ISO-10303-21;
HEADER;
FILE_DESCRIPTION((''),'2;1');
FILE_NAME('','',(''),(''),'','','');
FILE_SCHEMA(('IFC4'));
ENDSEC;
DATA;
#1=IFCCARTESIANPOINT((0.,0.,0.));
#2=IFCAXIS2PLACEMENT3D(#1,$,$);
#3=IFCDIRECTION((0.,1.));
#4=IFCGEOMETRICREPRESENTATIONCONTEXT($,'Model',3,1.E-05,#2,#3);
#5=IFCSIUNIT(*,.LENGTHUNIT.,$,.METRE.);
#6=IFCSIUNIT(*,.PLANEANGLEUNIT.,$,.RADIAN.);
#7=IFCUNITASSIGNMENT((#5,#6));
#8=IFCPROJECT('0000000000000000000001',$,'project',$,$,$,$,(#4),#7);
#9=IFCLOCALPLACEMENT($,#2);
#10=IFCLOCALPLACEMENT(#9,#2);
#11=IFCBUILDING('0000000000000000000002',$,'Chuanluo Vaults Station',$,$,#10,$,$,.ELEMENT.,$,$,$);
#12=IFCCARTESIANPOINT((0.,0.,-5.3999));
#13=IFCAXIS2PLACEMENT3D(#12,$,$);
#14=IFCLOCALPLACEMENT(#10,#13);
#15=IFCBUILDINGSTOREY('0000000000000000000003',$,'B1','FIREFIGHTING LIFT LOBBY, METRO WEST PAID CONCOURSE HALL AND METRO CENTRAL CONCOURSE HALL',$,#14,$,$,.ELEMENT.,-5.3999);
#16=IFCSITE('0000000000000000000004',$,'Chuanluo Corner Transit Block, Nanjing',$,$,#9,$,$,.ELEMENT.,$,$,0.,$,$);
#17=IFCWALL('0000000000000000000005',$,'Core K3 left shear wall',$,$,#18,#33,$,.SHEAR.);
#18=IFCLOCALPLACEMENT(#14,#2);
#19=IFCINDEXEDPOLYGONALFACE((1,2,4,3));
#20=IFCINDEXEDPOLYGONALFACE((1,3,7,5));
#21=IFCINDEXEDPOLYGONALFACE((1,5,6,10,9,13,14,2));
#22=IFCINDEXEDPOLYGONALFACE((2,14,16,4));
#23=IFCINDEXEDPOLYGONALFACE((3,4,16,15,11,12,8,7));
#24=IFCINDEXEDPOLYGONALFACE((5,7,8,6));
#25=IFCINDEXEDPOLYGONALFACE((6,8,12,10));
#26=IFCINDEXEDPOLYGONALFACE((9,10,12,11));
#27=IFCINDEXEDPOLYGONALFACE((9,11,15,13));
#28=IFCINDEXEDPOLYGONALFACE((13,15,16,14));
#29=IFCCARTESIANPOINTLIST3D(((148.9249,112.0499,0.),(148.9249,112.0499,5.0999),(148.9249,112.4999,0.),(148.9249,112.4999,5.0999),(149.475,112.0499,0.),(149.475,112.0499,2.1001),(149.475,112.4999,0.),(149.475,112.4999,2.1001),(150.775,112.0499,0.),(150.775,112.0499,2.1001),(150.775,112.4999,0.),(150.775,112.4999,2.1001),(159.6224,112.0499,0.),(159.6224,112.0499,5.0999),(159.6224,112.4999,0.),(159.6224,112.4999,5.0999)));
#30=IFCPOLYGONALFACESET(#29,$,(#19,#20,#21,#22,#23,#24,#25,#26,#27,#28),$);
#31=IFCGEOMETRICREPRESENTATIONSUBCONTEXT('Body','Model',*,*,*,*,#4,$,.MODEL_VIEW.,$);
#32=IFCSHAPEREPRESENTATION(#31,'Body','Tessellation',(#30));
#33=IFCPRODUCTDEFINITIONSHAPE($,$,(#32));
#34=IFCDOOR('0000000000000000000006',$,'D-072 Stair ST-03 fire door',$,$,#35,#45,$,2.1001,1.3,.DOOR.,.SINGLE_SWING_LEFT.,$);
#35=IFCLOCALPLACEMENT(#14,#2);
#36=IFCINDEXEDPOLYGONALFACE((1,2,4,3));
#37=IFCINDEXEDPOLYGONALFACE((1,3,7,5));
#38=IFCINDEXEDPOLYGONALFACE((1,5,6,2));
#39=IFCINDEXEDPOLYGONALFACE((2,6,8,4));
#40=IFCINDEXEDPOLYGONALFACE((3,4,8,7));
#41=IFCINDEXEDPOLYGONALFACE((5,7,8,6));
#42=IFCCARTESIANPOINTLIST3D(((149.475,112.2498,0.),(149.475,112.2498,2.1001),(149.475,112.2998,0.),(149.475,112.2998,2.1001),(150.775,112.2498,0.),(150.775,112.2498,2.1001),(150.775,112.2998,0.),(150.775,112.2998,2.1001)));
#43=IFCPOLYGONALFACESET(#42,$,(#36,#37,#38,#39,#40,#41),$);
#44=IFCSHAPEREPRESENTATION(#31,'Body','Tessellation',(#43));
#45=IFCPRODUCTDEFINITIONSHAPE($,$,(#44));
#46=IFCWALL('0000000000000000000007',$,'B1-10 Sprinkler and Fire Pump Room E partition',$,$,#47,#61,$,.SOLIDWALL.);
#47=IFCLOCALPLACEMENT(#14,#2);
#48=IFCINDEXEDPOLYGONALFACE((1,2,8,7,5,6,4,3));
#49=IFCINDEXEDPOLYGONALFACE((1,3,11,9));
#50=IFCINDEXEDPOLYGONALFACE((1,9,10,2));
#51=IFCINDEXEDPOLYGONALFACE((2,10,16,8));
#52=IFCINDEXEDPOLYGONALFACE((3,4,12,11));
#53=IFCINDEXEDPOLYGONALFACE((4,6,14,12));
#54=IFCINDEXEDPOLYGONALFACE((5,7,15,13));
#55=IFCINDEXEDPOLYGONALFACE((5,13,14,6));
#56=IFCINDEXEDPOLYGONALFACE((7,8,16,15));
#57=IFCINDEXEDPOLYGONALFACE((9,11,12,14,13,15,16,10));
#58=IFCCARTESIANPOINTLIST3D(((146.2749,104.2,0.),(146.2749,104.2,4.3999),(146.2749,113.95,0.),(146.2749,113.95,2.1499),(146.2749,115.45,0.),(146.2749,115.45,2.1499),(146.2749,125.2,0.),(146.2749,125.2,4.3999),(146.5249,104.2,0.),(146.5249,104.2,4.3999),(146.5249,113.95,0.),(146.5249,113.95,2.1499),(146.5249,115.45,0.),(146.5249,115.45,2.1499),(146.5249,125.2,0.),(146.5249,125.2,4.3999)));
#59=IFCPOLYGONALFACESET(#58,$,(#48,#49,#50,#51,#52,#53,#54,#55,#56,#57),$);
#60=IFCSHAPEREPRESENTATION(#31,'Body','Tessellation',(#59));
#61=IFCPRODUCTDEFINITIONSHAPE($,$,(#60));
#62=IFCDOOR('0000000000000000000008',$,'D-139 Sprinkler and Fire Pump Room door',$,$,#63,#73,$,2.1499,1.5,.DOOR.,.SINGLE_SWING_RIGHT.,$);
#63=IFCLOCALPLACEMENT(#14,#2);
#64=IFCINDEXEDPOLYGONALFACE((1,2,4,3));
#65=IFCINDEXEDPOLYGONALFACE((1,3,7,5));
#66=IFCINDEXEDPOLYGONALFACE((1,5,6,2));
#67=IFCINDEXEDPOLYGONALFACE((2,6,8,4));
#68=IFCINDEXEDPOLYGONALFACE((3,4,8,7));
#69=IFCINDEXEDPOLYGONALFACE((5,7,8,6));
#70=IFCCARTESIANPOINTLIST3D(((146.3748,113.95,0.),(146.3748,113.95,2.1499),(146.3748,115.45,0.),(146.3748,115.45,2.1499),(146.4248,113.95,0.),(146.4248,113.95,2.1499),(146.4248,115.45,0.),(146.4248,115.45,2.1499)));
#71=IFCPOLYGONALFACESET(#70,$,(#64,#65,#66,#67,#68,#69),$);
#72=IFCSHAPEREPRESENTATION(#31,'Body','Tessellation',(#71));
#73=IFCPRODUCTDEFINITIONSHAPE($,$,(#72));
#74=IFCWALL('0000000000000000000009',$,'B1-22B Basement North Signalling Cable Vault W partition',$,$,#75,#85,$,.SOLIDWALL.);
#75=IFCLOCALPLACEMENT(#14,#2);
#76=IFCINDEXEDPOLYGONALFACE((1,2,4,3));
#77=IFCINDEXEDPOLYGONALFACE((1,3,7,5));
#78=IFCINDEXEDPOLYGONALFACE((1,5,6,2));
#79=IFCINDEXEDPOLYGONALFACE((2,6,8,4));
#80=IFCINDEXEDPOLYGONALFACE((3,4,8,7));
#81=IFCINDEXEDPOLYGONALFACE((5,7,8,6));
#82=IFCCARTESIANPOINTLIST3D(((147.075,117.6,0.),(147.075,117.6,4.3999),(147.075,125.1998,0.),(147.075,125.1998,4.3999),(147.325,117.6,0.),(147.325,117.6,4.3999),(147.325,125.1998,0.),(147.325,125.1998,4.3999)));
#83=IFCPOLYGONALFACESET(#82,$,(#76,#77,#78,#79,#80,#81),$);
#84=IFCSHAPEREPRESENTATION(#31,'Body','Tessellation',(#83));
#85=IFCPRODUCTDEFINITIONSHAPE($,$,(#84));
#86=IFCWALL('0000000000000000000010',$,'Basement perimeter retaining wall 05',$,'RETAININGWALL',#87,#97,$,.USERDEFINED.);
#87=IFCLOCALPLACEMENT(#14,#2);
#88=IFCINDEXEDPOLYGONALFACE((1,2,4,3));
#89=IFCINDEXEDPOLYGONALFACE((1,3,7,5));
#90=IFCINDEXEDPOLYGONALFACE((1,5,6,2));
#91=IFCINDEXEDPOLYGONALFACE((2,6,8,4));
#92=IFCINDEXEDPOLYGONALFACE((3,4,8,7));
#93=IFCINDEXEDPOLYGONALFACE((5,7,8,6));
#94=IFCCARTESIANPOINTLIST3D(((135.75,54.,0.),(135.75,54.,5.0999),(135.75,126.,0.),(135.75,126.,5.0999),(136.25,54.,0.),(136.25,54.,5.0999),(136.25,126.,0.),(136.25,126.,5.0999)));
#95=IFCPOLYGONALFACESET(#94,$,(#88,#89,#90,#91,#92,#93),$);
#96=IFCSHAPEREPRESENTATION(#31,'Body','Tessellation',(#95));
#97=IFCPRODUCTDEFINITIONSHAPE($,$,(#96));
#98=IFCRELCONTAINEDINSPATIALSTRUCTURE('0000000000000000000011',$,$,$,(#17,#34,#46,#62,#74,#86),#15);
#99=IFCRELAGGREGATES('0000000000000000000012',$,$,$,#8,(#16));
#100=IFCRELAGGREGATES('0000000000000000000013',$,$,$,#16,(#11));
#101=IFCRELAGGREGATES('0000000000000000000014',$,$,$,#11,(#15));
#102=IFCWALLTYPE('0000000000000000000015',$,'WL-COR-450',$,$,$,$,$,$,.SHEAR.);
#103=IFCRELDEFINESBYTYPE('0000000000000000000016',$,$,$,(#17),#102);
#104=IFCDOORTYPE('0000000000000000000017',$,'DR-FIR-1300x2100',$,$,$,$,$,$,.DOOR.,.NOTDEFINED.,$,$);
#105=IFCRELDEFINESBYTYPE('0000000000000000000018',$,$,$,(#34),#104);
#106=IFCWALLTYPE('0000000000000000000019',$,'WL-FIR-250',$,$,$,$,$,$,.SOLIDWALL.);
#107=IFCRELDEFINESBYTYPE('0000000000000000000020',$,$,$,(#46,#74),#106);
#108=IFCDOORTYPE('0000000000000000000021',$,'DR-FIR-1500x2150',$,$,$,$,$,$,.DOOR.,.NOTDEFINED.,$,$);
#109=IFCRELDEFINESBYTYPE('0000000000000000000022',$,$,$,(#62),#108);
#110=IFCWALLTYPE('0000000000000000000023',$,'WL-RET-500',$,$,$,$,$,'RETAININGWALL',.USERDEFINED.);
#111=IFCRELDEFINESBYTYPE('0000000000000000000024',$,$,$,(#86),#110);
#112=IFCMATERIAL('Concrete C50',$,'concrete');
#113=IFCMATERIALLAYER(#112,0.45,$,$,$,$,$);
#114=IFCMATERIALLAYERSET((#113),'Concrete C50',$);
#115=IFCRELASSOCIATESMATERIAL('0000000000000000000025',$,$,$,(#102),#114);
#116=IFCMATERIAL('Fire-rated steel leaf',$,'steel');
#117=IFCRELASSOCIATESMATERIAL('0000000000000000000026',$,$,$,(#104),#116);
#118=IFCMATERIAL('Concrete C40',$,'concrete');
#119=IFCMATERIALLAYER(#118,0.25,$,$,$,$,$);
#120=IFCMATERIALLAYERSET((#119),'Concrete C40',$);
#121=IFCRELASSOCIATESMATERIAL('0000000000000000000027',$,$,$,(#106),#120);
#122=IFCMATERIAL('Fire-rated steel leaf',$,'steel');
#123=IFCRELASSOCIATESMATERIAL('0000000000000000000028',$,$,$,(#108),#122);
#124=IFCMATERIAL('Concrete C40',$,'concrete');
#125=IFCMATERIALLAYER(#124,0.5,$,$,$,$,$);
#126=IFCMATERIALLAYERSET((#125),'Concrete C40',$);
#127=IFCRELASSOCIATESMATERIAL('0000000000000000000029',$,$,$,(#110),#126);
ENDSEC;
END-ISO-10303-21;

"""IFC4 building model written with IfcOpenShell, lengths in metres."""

from ifc_helpers import new_model, si_unit, direction, frame, frame_2d, origin, place, context, subcontext, project, spatial, rectangle, extrude, material, layer, layer_set, type_object, element, fill, save


model = new_model("IFC4")

# Units and contexts
model_context = context("Model", 3, precision=1e-05, world=origin(), true_north=direction((0.0, 1.0)))
body_context = subcontext(model_context, "Body", "Model", "MODEL_VIEW")
ifc_project = project(units=[si_unit("LENGTHUNIT", "METRE"), si_unit("PLANEANGLEUNIT", "RADIAN")], contexts=[model_context])

# Site, building, storey
site_placement = place(None, origin())
site = spatial("IfcSite", under=ifc_project, at=site_placement, Name="Chuanluo Corner Transit Block, Nanjing", CompositionType="ELEMENT", RefElevation=0.0)
building_placement = place(site_placement, origin())
building = spatial("IfcBuilding", under=site, at=building_placement, Name="Chuanluo Vaults Station", CompositionType="ELEMENT")
storey_placement = place(building_placement, frame((0.0, 0.0, -5.3999)))
storey = spatial("IfcBuildingStorey", under=building, at=storey_placement, Name="B1", Description="FIREFIGHTING LIFT LOBBY, METRO WEST PAID CONCOURSE HALL AND METRO CENTRAL CONCOURSE HALL", CompositionType="ELEMENT", Elevation=-5.3999)

# Walls, openings, doors
ifc_material_1 = material(Name="Concrete C50", Category="concrete")
ifc_layer_1 = layer(ifc_material_1, 0.45)
ifc_layer_set_1 = layer_set([ifc_layer_1], Name="Concrete C50")
wall_type_1 = type_object("IfcWallType", Name="WL-COR-450", PredefinedType="SHEAR", material=ifc_layer_set_1)
wall_1_placement = place(storey_placement, frame((148.925, 112.2749, 0.0), z_axis=(0.0, 0.0, 1.0), x_axis=(1.0, 0.0, 0.0)))
wall_1 = element("IfcWall", 1, at=wall_1_placement, inside=storey, type_object=wall_type_1, Name="Core K3 left shear wall", PredefinedType="SHEAR", context=body_context, shape_type="SweptSolid", body=[
    extrude(rectangle(XDim=10.6975, YDim=0.45, at=frame_2d((5.3486, 0.0))), origin(), (0.0, 0.0, 1.0), 5.0999),
])
opening_1_placement = place(wall_1_placement, frame((0.55, 0.0, 0.0)))
opening_1 = element("IfcOpeningElement", 2, at=opening_1_placement, cuts=wall_1, PredefinedType="OPENING", context=body_context, shape_type="SweptSolid", body=[
    extrude(rectangle(XDim=1.3, YDim=2.1001, at=frame_2d((0.6499, 1.05))), frame((0.0, 0.2351, 0.0), z_axis=(0.0, -1.0, 0.0), x_axis=(1.0, 0.0, 0.0)), (0.0, 0.0, 1.0), 0.4699),
])
ifc_material_2 = material(Name="Fire-rated steel leaf", Category="steel")
door_type_1 = type_object("IfcDoorType", Name="DR-FIR-1300x2100", OperationType="NOTDEFINED", PredefinedType="DOOR", material=ifc_material_2)
door_1_placement = place(opening_1_placement, origin())
door_1 = element("IfcDoor", 3, at=door_1_placement, inside=storey, type_object=door_type_1, Name="D-072 Stair ST-03 fire door", OperationType="SINGLE_SWING_LEFT", OverallHeight=2.1001, OverallWidth=1.3, PredefinedType="DOOR", context=body_context, shape_type="SweptSolid", body=[
    extrude(rectangle(XDim=1.3, YDim=2.1001, at=frame_2d((0.6499, 1.05))), frame((0.0, 0.0249, 0.0), z_axis=(0.0, -1.0, 0.0), x_axis=(1.0, 0.0, 0.0)), (0.0, 0.0, 1.0), 0.05),
])
fill(opening_1, door_1)
ifc_material_3 = material(Name="Concrete C40", Category="concrete")
ifc_layer_2 = layer(ifc_material_3, 0.25)
ifc_layer_set_2 = layer_set([ifc_layer_2], Name="Concrete C40")
wall_type_2 = type_object("IfcWallType", Name="WL-FIR-250", PredefinedType="SOLIDWALL", material=ifc_layer_set_2)
wall_2_placement = place(storey_placement, frame((146.3999, 125.2, 0.0), z_axis=(0.0, 0.0, 1.0), x_axis=(0.0, -1.0, 0.0)))
wall_2 = element("IfcWall", 4, at=wall_2_placement, inside=storey, type_object=wall_type_2, Name="B1-10 Sprinkler and Fire Pump Room E partition", PredefinedType="SOLIDWALL", context=body_context, shape_type="SweptSolid", body=[
    extrude(rectangle(XDim=21.0, YDim=0.25, at=frame_2d((10.5, 0.0))), origin(), (0.0, 0.0, 1.0), 4.3999),
])
opening_2_placement = place(wall_2_placement, frame((9.75, 0.0, 0.0)))
opening_2 = element("IfcOpeningElement", 5, at=opening_2_placement, cuts=wall_2, PredefinedType="OPENING", context=body_context, shape_type="SweptSolid", body=[
    extrude(rectangle(XDim=1.5, YDim=2.1499, at=frame_2d((0.75, 1.075))), frame((0.0, 0.135, 0.0), z_axis=(0.0, -1.0, 0.0), x_axis=(1.0, 0.0, 0.0)), (0.0, 0.0, 1.0), 0.27),
])
ifc_material_4 = material(Name="Fire-rated steel leaf", Category="steel")
door_type_2 = type_object("IfcDoorType", Name="DR-FIR-1500x2150", OperationType="NOTDEFINED", PredefinedType="DOOR", material=ifc_material_4)
door_2_placement = place(opening_2_placement, origin())
door_2 = element("IfcDoor", 6, at=door_2_placement, inside=storey, type_object=door_type_2, Name="D-139 Sprinkler and Fire Pump Room door", OperationType="SINGLE_SWING_RIGHT", OverallHeight=2.1499, OverallWidth=1.5, PredefinedType="DOOR", context=body_context, shape_type="SweptSolid", body=[
    extrude(rectangle(XDim=1.5, YDim=2.1499, at=frame_2d((0.75, 1.075))), frame((0.0, 0.0249, 0.0), z_axis=(0.0, -1.0, 0.0), x_axis=(1.0, 0.0, 0.0)), (0.0, 0.0, 1.0), 0.05),
])
fill(opening_2, door_2)

# Walls
wall_3_placement = place(storey_placement, frame((147.2, 117.6001, 0.0), z_axis=(0.0, 0.0, 1.0), x_axis=(0.0, 1.0, 0.0)))
element("IfcWall", 7, at=wall_3_placement, inside=storey, type_object=wall_type_2, Name="B1-22B Basement North Signalling Cable Vault W partition", PredefinedType="SOLIDWALL", context=body_context, shape_type="SweptSolid", body=[
    extrude(rectangle(XDim=7.5999, YDim=0.25, at=frame_2d((3.7998, 0.0))), origin(), (0.0, 0.0, 1.0), 4.3999),
])
ifc_material_5 = material(Name="Concrete C40", Category="concrete")
ifc_layer_3 = layer(ifc_material_5, 0.5)
ifc_layer_set_3 = layer_set([ifc_layer_3], Name="Concrete C40")
wall_type_3 = type_object("IfcWallType", Name="WL-RET-500", ElementType="RETAININGWALL", PredefinedType="USERDEFINED", material=ifc_layer_set_3)
wall_4_placement = place(storey_placement, frame((136.0, 126.0, 0.0), z_axis=(0.0, 0.0, 1.0), x_axis=(0.0, -1.0, 0.0)))
element("IfcWall", 8, at=wall_4_placement, inside=storey, type_object=wall_type_3, Name="Basement perimeter retaining wall 05", ObjectType="RETAININGWALL", PredefinedType="USERDEFINED", context=body_context, shape_type="SweptSolid", body=[
    extrude(rectangle(XDim=72.0, YDim=0.5, at=frame_2d((36.0, 0.0))), origin(), (0.0, 0.0, 1.0), 5.0999),
])

save(model, "model.ifc")
